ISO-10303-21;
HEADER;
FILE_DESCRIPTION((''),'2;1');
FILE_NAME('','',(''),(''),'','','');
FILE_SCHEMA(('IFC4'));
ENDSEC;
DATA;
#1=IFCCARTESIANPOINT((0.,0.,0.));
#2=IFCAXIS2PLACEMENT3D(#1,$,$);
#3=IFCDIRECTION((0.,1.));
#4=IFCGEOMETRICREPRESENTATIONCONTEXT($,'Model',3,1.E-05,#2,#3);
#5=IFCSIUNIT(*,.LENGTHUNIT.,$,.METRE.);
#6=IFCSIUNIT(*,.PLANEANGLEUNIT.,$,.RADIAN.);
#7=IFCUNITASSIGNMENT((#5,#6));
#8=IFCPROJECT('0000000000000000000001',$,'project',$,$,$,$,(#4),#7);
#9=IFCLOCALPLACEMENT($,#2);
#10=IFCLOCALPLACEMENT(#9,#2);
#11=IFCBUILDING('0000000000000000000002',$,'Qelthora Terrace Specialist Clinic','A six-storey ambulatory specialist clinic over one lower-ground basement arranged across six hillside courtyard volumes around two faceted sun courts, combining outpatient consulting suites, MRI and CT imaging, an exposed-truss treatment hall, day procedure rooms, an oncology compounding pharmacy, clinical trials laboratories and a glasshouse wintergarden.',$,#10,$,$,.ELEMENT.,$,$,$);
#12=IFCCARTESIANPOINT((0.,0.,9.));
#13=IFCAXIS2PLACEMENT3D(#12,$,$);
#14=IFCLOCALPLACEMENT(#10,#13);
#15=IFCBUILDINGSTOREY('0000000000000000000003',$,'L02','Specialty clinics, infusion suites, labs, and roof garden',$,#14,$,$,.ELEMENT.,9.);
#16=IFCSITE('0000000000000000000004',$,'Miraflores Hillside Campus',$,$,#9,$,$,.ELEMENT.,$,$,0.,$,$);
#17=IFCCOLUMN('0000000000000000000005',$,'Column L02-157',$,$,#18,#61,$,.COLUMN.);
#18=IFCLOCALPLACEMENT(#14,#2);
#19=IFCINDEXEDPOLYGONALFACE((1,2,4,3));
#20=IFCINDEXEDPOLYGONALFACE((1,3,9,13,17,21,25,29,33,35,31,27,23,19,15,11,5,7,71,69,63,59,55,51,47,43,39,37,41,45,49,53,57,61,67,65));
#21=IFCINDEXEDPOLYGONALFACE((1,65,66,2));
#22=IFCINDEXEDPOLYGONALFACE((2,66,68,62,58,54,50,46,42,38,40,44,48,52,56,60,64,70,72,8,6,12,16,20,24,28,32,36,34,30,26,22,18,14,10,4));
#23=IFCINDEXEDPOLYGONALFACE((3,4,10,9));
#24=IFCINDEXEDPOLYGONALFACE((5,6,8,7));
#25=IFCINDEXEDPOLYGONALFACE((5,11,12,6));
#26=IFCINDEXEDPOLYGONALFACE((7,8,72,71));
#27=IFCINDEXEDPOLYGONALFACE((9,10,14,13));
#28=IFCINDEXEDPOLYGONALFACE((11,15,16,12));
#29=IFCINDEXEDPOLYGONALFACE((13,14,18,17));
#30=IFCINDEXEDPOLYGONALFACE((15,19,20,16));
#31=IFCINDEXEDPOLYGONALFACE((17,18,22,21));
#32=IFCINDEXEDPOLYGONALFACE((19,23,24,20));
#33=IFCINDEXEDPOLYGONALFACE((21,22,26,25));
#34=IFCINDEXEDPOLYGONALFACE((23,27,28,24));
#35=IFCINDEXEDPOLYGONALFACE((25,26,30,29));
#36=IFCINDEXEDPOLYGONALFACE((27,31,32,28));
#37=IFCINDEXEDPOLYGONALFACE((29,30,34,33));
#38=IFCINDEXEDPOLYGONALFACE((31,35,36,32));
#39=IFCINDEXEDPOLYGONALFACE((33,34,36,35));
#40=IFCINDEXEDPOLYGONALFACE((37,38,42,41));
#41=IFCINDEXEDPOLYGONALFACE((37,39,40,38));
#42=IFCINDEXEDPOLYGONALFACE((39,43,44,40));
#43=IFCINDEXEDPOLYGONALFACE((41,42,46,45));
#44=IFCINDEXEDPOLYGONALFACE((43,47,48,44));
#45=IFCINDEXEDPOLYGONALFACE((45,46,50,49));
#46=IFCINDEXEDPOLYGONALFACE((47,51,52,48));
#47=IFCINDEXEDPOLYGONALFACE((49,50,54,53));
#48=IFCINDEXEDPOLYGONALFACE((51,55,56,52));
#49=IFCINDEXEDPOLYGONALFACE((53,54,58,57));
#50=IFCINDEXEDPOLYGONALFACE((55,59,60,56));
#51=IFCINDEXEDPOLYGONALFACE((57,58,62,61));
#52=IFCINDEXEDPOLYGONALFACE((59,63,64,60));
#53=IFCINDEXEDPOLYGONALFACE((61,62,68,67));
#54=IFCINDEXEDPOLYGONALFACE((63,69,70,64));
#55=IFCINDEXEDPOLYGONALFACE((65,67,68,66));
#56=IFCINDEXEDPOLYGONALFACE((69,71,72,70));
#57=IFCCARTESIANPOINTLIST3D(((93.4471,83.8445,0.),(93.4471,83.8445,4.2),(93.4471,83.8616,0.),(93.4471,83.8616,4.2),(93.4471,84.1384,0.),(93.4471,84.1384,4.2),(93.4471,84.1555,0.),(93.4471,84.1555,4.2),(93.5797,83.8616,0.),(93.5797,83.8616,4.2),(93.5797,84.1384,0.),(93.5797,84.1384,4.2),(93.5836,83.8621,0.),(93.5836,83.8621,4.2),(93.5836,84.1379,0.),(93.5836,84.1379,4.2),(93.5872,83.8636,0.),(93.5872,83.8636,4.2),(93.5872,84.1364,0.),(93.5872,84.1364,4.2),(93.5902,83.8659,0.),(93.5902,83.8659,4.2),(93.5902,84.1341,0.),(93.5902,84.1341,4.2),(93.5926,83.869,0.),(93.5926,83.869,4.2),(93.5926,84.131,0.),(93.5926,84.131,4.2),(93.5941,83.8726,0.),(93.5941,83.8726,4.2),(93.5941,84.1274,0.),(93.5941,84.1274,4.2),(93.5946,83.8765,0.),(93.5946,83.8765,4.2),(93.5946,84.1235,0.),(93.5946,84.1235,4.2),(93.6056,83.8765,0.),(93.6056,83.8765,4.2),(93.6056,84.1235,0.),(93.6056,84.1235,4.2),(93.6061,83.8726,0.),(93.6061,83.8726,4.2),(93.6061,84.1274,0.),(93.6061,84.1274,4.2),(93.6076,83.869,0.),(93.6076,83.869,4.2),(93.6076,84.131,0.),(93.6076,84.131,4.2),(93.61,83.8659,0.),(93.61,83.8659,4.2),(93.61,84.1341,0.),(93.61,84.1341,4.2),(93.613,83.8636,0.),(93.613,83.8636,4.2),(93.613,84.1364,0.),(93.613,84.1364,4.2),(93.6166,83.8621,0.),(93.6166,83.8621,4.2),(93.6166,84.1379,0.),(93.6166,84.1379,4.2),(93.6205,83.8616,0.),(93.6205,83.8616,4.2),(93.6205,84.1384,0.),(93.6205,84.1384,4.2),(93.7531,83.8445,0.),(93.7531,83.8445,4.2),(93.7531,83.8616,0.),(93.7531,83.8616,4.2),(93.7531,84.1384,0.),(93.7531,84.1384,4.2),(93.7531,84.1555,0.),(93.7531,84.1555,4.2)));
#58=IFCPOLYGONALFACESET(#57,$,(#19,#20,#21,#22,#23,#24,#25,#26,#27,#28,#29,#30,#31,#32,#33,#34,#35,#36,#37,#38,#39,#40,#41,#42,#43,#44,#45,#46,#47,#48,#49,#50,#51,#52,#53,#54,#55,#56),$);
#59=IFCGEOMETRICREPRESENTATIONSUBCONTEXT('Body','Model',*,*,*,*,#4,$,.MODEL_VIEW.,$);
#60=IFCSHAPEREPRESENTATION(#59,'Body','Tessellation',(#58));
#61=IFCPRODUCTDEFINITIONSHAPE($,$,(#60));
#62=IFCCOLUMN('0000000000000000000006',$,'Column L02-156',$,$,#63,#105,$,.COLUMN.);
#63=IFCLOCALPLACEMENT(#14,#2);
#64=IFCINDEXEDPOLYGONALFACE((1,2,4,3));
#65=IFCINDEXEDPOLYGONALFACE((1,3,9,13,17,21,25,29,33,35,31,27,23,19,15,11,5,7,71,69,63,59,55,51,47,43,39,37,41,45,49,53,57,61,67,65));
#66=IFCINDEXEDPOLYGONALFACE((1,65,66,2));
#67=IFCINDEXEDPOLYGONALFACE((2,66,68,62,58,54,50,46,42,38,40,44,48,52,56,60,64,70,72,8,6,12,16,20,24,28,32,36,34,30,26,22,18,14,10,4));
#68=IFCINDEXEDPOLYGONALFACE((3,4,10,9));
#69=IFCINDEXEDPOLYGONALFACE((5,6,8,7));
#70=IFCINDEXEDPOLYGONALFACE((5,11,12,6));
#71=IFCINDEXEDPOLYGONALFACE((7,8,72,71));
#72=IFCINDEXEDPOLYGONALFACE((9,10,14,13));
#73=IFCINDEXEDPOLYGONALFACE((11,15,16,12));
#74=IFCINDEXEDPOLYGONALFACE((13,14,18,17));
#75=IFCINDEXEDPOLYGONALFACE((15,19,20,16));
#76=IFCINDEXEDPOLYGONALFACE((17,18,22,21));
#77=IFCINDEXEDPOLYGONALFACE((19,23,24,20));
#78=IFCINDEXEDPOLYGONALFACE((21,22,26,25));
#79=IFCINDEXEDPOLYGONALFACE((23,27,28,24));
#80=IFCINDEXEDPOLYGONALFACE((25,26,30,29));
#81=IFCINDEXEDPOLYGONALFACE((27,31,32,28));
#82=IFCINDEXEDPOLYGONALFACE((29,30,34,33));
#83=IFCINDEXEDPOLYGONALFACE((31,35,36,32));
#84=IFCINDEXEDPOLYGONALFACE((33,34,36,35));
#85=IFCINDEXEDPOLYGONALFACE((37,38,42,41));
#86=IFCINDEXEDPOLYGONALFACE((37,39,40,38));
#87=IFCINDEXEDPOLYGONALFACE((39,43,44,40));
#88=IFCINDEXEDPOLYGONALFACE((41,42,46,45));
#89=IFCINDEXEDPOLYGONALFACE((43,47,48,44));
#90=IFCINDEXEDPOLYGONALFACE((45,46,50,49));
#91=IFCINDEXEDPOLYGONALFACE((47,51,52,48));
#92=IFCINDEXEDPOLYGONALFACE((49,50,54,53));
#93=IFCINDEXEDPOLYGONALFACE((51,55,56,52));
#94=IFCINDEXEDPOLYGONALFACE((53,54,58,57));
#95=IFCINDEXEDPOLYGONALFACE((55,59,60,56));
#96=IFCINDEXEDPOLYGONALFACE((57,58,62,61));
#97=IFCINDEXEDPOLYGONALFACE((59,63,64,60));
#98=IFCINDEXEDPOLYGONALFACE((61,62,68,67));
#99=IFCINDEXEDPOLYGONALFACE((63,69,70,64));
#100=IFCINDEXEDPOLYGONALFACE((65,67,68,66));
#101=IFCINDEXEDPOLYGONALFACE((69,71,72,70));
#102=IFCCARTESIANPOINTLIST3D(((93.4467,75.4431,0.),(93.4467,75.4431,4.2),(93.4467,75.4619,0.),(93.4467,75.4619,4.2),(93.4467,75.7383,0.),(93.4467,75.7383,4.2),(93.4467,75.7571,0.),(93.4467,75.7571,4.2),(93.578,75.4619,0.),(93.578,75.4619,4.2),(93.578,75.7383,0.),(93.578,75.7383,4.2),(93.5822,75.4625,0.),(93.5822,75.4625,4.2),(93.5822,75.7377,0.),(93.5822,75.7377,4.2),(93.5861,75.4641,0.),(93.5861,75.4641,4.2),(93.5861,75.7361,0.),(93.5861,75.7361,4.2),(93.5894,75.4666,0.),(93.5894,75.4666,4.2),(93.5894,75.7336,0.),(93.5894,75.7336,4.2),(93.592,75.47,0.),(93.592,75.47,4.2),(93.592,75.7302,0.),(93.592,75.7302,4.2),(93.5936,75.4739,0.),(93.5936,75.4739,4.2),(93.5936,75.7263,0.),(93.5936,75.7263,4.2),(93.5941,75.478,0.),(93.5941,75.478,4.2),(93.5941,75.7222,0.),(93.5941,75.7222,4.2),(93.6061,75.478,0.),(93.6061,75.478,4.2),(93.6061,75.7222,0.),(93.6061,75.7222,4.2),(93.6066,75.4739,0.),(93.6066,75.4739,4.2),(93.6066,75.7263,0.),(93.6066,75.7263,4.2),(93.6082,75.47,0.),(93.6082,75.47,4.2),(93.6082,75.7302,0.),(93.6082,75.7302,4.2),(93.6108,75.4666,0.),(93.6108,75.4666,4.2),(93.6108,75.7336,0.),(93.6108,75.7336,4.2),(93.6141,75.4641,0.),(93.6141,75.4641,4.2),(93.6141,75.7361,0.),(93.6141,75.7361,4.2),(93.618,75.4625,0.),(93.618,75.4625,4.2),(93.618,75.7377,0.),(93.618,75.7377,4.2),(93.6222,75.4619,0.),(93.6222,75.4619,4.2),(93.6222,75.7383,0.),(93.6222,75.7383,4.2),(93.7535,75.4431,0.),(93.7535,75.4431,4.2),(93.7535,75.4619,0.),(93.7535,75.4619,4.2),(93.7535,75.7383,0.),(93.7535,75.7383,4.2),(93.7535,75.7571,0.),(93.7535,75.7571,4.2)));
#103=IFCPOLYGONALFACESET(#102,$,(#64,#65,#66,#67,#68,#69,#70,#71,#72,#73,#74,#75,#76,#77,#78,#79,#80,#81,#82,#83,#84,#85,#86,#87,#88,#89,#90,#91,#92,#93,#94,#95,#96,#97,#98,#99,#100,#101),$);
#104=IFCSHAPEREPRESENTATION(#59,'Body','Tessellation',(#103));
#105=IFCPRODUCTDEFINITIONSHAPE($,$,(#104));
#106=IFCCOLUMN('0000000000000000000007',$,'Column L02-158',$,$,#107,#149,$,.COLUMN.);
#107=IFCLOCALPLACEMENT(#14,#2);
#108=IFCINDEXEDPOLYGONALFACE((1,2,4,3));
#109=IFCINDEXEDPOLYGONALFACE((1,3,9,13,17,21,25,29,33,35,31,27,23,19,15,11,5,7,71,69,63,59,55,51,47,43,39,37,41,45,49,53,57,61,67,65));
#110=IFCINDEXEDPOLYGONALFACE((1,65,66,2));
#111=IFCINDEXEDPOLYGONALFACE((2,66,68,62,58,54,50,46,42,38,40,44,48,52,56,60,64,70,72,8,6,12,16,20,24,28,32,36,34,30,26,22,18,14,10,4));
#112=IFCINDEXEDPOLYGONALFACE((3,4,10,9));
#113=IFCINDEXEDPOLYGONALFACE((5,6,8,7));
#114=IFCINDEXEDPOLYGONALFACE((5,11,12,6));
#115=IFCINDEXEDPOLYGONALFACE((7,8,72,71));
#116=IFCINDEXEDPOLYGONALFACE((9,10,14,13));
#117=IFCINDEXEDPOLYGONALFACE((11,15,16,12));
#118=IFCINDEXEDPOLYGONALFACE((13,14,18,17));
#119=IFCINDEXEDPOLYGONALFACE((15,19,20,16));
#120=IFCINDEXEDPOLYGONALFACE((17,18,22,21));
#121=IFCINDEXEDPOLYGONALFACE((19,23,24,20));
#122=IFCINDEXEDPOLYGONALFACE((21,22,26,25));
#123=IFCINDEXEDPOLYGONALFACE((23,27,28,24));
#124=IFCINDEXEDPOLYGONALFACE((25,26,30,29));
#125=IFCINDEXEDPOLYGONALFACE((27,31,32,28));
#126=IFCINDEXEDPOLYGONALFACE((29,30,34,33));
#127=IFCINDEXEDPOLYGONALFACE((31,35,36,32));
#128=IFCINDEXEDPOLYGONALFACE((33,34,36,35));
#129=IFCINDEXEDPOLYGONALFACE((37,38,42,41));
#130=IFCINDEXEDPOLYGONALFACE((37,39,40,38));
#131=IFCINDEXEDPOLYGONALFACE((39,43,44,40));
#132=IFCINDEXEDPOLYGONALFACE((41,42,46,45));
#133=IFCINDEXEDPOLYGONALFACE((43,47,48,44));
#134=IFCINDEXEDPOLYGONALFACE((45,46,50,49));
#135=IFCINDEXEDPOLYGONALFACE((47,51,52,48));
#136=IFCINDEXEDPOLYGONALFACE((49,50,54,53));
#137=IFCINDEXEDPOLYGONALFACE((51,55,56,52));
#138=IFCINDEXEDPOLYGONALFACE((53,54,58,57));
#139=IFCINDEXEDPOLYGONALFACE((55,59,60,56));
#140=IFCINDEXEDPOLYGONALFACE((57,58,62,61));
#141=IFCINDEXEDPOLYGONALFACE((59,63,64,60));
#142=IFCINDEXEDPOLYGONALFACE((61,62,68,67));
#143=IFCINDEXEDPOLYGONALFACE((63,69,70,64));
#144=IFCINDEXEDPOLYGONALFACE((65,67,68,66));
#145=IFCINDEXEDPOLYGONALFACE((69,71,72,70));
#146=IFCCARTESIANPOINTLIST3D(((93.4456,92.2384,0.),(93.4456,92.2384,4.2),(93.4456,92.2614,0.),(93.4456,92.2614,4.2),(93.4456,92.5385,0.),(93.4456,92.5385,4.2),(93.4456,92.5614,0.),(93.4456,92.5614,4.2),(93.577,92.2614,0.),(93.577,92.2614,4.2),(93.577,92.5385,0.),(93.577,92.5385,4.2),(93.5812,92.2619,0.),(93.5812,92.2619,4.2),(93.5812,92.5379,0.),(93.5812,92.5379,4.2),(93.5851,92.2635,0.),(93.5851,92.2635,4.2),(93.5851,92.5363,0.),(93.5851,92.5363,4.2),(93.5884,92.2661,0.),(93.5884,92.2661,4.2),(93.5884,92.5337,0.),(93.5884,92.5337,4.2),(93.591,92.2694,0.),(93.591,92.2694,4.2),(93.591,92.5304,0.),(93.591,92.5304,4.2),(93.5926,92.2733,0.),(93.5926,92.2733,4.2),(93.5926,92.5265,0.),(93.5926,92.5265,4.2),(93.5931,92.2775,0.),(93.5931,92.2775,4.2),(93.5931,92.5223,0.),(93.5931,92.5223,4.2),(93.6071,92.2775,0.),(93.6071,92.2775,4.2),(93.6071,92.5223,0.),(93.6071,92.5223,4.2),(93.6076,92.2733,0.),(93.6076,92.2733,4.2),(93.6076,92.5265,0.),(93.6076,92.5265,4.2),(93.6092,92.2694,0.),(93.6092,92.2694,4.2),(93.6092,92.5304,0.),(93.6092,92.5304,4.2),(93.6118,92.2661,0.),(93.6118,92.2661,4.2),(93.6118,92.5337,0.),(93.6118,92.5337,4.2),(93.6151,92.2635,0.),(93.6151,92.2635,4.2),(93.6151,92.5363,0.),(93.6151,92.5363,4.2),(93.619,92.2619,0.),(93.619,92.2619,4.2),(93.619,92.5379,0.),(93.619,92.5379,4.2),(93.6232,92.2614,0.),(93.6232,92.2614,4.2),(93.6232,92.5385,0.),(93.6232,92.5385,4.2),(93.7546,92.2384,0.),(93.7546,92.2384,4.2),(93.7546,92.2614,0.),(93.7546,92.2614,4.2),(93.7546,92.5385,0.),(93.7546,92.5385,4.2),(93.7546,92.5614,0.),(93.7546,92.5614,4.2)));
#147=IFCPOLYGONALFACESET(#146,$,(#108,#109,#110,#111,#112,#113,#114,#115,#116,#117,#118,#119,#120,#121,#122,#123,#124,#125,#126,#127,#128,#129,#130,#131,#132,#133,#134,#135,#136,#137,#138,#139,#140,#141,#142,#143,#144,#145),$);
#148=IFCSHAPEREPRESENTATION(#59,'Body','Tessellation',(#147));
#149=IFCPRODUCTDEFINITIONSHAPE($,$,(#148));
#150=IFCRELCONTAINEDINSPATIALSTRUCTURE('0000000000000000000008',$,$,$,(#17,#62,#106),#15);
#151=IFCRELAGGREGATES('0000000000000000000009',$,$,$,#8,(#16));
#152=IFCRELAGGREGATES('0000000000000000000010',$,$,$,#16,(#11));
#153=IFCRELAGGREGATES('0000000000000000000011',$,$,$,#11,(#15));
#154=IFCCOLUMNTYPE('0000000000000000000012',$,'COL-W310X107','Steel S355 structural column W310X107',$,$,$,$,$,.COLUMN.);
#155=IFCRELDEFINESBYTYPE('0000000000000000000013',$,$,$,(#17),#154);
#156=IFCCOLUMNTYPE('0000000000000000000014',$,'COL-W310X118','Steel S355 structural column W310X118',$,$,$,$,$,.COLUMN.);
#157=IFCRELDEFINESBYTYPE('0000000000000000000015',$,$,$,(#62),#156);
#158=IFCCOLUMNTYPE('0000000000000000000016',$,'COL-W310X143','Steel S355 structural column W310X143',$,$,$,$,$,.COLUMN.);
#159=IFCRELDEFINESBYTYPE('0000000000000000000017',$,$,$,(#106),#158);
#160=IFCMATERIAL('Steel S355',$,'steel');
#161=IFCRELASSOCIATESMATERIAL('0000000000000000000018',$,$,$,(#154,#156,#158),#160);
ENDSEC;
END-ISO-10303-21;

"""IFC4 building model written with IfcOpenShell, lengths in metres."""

from ifc_helpers import new_model, si_unit, direction, frame, origin, origin_2d, place, context, subcontext, project, spatial, i_section, extrude, material, material_profile, profile_set, type_object, element, save


model = new_model("IFC4")

# Units and contexts
model_context = context("Model", 3, precision=1e-05, world=origin(), true_north=direction((0.0, 1.0)))
body_context = subcontext(model_context, "Body", "Model", "MODEL_VIEW")
ifc_project = project(units=[si_unit("LENGTHUNIT", "METRE"), si_unit("PLANEANGLEUNIT", "RADIAN")], contexts=[model_context])

# Site, building, storey
site_placement = place(None, origin())
site = spatial("IfcSite", under=ifc_project, at=site_placement, Name="Miraflores Hillside Campus", CompositionType="ELEMENT", RefElevation=0.0)
building_placement = place(site_placement, origin())
building = spatial("IfcBuilding", under=site, at=building_placement, Name="Qelthora Terrace Specialist Clinic", Description="A six-storey ambulatory specialist clinic over one lower-ground basement arranged across six hillside courtyard volumes around two faceted sun courts, combining outpatient consulting suites, MRI and CT imaging, an exposed-truss treatment hall, day procedure rooms, an oncology compounding pharmacy, clinical trials laboratories and a glasshouse wintergarden.", CompositionType="ELEMENT")
storey_placement = place(building_placement, frame((0.0, 0.0, 9.0)))
storey = spatial("IfcBuildingStorey", under=building, at=storey_placement, Name="L02", Description="Specialty clinics, infusion suites, labs, and roof garden", CompositionType="ELEMENT", Elevation=9.0)

# Columns
ifc_material_1 = material(Name="Steel S355", Category="steel")
ifc_material_profile_1 = material_profile(ifc_material_1, i_section(OverallWidth=0.3059, OverallDepth=0.311, WebThickness=0.011, FlangeThickness=0.0171, FilletRadius=0.0149, at=origin_2d()), Name="W310X107")
ifc_profile_set_1 = profile_set([ifc_material_profile_1], Name="Steel S355")
column_type_1 = type_object("IfcColumnType", Name="COL-W310X107", Description="Steel S355 structural column W310X107", PredefinedType="COLUMN", material=ifc_profile_set_1)
column_1_placement = place(storey_placement, frame((93.6001, 84.0, 0.0), z_axis=(0.0, 0.0, 1.0), x_axis=(1.0, 0.0, 0.0)))
element("IfcColumn", 1, at=column_1_placement, inside=storey, type_object=column_type_1, Name="Column L02-157", PredefinedType="COLUMN", context=body_context, shape_type="SweptSolid", body=[
    extrude(i_section(OverallWidth=0.3059, OverallDepth=0.311, WebThickness=0.011, FlangeThickness=0.0171, FilletRadius=0.0149, at=origin_2d()), origin(), (0.0, 0.0, 1.0), 4.2),
])
ifc_material_profile_2 = material_profile(ifc_material_1, i_section(OverallWidth=0.3069, OverallDepth=0.314, WebThickness=0.012, FlangeThickness=0.0188, FilletRadius=0.0161, at=origin_2d()), Name="W310X118")
ifc_profile_set_2 = profile_set([ifc_material_profile_2], Name="Steel S355")
column_type_2 = type_object("IfcColumnType", Name="COL-W310X118", Description="Steel S355 structural column W310X118", PredefinedType="COLUMN", material=ifc_profile_set_2)
column_2_placement = place(storey_placement, frame((93.6001, 75.6001, 0.0), z_axis=(0.0, 0.0, 1.0), x_axis=(1.0, 0.0, 0.0)))
element("IfcColumn", 2, at=column_2_placement, inside=storey, type_object=column_type_2, Name="Column L02-156", PredefinedType="COLUMN", context=body_context, shape_type="SweptSolid", body=[
    extrude(i_section(OverallWidth=0.3069, OverallDepth=0.314, WebThickness=0.012, FlangeThickness=0.0188, FilletRadius=0.0161, at=origin_2d()), origin(), (0.0, 0.0, 1.0), 4.2),
])
ifc_material_profile_3 = material_profile(ifc_material_1, i_section(OverallWidth=0.3091, OverallDepth=0.323, WebThickness=0.0139, FlangeThickness=0.0229, FilletRadius=0.0161, at=origin_2d()), Name="W310X143")
ifc_profile_set_3 = profile_set([ifc_material_profile_3], Name="Steel S355")
column_type_3 = type_object("IfcColumnType", Name="COL-W310X143", Description="Steel S355 structural column W310X143", PredefinedType="COLUMN", material=ifc_profile_set_3)
column_3_placement = place(storey_placement, frame((93.6001, 92.3999, 0.0), z_axis=(0.0, 0.0, 1.0), x_axis=(1.0, 0.0, 0.0)))
element("IfcColumn", 3, at=column_3_placement, inside=storey, type_object=column_type_3, Name="Column L02-158", PredefinedType="COLUMN", context=body_context, shape_type="SweptSolid", body=[
    extrude(i_section(OverallWidth=0.3091, OverallDepth=0.323, WebThickness=0.0139, FlangeThickness=0.0229, FilletRadius=0.0161, at=origin_2d()), origin(), (0.0, 0.0, 1.0), 4.2),
])

save(model, "model.ifc")
